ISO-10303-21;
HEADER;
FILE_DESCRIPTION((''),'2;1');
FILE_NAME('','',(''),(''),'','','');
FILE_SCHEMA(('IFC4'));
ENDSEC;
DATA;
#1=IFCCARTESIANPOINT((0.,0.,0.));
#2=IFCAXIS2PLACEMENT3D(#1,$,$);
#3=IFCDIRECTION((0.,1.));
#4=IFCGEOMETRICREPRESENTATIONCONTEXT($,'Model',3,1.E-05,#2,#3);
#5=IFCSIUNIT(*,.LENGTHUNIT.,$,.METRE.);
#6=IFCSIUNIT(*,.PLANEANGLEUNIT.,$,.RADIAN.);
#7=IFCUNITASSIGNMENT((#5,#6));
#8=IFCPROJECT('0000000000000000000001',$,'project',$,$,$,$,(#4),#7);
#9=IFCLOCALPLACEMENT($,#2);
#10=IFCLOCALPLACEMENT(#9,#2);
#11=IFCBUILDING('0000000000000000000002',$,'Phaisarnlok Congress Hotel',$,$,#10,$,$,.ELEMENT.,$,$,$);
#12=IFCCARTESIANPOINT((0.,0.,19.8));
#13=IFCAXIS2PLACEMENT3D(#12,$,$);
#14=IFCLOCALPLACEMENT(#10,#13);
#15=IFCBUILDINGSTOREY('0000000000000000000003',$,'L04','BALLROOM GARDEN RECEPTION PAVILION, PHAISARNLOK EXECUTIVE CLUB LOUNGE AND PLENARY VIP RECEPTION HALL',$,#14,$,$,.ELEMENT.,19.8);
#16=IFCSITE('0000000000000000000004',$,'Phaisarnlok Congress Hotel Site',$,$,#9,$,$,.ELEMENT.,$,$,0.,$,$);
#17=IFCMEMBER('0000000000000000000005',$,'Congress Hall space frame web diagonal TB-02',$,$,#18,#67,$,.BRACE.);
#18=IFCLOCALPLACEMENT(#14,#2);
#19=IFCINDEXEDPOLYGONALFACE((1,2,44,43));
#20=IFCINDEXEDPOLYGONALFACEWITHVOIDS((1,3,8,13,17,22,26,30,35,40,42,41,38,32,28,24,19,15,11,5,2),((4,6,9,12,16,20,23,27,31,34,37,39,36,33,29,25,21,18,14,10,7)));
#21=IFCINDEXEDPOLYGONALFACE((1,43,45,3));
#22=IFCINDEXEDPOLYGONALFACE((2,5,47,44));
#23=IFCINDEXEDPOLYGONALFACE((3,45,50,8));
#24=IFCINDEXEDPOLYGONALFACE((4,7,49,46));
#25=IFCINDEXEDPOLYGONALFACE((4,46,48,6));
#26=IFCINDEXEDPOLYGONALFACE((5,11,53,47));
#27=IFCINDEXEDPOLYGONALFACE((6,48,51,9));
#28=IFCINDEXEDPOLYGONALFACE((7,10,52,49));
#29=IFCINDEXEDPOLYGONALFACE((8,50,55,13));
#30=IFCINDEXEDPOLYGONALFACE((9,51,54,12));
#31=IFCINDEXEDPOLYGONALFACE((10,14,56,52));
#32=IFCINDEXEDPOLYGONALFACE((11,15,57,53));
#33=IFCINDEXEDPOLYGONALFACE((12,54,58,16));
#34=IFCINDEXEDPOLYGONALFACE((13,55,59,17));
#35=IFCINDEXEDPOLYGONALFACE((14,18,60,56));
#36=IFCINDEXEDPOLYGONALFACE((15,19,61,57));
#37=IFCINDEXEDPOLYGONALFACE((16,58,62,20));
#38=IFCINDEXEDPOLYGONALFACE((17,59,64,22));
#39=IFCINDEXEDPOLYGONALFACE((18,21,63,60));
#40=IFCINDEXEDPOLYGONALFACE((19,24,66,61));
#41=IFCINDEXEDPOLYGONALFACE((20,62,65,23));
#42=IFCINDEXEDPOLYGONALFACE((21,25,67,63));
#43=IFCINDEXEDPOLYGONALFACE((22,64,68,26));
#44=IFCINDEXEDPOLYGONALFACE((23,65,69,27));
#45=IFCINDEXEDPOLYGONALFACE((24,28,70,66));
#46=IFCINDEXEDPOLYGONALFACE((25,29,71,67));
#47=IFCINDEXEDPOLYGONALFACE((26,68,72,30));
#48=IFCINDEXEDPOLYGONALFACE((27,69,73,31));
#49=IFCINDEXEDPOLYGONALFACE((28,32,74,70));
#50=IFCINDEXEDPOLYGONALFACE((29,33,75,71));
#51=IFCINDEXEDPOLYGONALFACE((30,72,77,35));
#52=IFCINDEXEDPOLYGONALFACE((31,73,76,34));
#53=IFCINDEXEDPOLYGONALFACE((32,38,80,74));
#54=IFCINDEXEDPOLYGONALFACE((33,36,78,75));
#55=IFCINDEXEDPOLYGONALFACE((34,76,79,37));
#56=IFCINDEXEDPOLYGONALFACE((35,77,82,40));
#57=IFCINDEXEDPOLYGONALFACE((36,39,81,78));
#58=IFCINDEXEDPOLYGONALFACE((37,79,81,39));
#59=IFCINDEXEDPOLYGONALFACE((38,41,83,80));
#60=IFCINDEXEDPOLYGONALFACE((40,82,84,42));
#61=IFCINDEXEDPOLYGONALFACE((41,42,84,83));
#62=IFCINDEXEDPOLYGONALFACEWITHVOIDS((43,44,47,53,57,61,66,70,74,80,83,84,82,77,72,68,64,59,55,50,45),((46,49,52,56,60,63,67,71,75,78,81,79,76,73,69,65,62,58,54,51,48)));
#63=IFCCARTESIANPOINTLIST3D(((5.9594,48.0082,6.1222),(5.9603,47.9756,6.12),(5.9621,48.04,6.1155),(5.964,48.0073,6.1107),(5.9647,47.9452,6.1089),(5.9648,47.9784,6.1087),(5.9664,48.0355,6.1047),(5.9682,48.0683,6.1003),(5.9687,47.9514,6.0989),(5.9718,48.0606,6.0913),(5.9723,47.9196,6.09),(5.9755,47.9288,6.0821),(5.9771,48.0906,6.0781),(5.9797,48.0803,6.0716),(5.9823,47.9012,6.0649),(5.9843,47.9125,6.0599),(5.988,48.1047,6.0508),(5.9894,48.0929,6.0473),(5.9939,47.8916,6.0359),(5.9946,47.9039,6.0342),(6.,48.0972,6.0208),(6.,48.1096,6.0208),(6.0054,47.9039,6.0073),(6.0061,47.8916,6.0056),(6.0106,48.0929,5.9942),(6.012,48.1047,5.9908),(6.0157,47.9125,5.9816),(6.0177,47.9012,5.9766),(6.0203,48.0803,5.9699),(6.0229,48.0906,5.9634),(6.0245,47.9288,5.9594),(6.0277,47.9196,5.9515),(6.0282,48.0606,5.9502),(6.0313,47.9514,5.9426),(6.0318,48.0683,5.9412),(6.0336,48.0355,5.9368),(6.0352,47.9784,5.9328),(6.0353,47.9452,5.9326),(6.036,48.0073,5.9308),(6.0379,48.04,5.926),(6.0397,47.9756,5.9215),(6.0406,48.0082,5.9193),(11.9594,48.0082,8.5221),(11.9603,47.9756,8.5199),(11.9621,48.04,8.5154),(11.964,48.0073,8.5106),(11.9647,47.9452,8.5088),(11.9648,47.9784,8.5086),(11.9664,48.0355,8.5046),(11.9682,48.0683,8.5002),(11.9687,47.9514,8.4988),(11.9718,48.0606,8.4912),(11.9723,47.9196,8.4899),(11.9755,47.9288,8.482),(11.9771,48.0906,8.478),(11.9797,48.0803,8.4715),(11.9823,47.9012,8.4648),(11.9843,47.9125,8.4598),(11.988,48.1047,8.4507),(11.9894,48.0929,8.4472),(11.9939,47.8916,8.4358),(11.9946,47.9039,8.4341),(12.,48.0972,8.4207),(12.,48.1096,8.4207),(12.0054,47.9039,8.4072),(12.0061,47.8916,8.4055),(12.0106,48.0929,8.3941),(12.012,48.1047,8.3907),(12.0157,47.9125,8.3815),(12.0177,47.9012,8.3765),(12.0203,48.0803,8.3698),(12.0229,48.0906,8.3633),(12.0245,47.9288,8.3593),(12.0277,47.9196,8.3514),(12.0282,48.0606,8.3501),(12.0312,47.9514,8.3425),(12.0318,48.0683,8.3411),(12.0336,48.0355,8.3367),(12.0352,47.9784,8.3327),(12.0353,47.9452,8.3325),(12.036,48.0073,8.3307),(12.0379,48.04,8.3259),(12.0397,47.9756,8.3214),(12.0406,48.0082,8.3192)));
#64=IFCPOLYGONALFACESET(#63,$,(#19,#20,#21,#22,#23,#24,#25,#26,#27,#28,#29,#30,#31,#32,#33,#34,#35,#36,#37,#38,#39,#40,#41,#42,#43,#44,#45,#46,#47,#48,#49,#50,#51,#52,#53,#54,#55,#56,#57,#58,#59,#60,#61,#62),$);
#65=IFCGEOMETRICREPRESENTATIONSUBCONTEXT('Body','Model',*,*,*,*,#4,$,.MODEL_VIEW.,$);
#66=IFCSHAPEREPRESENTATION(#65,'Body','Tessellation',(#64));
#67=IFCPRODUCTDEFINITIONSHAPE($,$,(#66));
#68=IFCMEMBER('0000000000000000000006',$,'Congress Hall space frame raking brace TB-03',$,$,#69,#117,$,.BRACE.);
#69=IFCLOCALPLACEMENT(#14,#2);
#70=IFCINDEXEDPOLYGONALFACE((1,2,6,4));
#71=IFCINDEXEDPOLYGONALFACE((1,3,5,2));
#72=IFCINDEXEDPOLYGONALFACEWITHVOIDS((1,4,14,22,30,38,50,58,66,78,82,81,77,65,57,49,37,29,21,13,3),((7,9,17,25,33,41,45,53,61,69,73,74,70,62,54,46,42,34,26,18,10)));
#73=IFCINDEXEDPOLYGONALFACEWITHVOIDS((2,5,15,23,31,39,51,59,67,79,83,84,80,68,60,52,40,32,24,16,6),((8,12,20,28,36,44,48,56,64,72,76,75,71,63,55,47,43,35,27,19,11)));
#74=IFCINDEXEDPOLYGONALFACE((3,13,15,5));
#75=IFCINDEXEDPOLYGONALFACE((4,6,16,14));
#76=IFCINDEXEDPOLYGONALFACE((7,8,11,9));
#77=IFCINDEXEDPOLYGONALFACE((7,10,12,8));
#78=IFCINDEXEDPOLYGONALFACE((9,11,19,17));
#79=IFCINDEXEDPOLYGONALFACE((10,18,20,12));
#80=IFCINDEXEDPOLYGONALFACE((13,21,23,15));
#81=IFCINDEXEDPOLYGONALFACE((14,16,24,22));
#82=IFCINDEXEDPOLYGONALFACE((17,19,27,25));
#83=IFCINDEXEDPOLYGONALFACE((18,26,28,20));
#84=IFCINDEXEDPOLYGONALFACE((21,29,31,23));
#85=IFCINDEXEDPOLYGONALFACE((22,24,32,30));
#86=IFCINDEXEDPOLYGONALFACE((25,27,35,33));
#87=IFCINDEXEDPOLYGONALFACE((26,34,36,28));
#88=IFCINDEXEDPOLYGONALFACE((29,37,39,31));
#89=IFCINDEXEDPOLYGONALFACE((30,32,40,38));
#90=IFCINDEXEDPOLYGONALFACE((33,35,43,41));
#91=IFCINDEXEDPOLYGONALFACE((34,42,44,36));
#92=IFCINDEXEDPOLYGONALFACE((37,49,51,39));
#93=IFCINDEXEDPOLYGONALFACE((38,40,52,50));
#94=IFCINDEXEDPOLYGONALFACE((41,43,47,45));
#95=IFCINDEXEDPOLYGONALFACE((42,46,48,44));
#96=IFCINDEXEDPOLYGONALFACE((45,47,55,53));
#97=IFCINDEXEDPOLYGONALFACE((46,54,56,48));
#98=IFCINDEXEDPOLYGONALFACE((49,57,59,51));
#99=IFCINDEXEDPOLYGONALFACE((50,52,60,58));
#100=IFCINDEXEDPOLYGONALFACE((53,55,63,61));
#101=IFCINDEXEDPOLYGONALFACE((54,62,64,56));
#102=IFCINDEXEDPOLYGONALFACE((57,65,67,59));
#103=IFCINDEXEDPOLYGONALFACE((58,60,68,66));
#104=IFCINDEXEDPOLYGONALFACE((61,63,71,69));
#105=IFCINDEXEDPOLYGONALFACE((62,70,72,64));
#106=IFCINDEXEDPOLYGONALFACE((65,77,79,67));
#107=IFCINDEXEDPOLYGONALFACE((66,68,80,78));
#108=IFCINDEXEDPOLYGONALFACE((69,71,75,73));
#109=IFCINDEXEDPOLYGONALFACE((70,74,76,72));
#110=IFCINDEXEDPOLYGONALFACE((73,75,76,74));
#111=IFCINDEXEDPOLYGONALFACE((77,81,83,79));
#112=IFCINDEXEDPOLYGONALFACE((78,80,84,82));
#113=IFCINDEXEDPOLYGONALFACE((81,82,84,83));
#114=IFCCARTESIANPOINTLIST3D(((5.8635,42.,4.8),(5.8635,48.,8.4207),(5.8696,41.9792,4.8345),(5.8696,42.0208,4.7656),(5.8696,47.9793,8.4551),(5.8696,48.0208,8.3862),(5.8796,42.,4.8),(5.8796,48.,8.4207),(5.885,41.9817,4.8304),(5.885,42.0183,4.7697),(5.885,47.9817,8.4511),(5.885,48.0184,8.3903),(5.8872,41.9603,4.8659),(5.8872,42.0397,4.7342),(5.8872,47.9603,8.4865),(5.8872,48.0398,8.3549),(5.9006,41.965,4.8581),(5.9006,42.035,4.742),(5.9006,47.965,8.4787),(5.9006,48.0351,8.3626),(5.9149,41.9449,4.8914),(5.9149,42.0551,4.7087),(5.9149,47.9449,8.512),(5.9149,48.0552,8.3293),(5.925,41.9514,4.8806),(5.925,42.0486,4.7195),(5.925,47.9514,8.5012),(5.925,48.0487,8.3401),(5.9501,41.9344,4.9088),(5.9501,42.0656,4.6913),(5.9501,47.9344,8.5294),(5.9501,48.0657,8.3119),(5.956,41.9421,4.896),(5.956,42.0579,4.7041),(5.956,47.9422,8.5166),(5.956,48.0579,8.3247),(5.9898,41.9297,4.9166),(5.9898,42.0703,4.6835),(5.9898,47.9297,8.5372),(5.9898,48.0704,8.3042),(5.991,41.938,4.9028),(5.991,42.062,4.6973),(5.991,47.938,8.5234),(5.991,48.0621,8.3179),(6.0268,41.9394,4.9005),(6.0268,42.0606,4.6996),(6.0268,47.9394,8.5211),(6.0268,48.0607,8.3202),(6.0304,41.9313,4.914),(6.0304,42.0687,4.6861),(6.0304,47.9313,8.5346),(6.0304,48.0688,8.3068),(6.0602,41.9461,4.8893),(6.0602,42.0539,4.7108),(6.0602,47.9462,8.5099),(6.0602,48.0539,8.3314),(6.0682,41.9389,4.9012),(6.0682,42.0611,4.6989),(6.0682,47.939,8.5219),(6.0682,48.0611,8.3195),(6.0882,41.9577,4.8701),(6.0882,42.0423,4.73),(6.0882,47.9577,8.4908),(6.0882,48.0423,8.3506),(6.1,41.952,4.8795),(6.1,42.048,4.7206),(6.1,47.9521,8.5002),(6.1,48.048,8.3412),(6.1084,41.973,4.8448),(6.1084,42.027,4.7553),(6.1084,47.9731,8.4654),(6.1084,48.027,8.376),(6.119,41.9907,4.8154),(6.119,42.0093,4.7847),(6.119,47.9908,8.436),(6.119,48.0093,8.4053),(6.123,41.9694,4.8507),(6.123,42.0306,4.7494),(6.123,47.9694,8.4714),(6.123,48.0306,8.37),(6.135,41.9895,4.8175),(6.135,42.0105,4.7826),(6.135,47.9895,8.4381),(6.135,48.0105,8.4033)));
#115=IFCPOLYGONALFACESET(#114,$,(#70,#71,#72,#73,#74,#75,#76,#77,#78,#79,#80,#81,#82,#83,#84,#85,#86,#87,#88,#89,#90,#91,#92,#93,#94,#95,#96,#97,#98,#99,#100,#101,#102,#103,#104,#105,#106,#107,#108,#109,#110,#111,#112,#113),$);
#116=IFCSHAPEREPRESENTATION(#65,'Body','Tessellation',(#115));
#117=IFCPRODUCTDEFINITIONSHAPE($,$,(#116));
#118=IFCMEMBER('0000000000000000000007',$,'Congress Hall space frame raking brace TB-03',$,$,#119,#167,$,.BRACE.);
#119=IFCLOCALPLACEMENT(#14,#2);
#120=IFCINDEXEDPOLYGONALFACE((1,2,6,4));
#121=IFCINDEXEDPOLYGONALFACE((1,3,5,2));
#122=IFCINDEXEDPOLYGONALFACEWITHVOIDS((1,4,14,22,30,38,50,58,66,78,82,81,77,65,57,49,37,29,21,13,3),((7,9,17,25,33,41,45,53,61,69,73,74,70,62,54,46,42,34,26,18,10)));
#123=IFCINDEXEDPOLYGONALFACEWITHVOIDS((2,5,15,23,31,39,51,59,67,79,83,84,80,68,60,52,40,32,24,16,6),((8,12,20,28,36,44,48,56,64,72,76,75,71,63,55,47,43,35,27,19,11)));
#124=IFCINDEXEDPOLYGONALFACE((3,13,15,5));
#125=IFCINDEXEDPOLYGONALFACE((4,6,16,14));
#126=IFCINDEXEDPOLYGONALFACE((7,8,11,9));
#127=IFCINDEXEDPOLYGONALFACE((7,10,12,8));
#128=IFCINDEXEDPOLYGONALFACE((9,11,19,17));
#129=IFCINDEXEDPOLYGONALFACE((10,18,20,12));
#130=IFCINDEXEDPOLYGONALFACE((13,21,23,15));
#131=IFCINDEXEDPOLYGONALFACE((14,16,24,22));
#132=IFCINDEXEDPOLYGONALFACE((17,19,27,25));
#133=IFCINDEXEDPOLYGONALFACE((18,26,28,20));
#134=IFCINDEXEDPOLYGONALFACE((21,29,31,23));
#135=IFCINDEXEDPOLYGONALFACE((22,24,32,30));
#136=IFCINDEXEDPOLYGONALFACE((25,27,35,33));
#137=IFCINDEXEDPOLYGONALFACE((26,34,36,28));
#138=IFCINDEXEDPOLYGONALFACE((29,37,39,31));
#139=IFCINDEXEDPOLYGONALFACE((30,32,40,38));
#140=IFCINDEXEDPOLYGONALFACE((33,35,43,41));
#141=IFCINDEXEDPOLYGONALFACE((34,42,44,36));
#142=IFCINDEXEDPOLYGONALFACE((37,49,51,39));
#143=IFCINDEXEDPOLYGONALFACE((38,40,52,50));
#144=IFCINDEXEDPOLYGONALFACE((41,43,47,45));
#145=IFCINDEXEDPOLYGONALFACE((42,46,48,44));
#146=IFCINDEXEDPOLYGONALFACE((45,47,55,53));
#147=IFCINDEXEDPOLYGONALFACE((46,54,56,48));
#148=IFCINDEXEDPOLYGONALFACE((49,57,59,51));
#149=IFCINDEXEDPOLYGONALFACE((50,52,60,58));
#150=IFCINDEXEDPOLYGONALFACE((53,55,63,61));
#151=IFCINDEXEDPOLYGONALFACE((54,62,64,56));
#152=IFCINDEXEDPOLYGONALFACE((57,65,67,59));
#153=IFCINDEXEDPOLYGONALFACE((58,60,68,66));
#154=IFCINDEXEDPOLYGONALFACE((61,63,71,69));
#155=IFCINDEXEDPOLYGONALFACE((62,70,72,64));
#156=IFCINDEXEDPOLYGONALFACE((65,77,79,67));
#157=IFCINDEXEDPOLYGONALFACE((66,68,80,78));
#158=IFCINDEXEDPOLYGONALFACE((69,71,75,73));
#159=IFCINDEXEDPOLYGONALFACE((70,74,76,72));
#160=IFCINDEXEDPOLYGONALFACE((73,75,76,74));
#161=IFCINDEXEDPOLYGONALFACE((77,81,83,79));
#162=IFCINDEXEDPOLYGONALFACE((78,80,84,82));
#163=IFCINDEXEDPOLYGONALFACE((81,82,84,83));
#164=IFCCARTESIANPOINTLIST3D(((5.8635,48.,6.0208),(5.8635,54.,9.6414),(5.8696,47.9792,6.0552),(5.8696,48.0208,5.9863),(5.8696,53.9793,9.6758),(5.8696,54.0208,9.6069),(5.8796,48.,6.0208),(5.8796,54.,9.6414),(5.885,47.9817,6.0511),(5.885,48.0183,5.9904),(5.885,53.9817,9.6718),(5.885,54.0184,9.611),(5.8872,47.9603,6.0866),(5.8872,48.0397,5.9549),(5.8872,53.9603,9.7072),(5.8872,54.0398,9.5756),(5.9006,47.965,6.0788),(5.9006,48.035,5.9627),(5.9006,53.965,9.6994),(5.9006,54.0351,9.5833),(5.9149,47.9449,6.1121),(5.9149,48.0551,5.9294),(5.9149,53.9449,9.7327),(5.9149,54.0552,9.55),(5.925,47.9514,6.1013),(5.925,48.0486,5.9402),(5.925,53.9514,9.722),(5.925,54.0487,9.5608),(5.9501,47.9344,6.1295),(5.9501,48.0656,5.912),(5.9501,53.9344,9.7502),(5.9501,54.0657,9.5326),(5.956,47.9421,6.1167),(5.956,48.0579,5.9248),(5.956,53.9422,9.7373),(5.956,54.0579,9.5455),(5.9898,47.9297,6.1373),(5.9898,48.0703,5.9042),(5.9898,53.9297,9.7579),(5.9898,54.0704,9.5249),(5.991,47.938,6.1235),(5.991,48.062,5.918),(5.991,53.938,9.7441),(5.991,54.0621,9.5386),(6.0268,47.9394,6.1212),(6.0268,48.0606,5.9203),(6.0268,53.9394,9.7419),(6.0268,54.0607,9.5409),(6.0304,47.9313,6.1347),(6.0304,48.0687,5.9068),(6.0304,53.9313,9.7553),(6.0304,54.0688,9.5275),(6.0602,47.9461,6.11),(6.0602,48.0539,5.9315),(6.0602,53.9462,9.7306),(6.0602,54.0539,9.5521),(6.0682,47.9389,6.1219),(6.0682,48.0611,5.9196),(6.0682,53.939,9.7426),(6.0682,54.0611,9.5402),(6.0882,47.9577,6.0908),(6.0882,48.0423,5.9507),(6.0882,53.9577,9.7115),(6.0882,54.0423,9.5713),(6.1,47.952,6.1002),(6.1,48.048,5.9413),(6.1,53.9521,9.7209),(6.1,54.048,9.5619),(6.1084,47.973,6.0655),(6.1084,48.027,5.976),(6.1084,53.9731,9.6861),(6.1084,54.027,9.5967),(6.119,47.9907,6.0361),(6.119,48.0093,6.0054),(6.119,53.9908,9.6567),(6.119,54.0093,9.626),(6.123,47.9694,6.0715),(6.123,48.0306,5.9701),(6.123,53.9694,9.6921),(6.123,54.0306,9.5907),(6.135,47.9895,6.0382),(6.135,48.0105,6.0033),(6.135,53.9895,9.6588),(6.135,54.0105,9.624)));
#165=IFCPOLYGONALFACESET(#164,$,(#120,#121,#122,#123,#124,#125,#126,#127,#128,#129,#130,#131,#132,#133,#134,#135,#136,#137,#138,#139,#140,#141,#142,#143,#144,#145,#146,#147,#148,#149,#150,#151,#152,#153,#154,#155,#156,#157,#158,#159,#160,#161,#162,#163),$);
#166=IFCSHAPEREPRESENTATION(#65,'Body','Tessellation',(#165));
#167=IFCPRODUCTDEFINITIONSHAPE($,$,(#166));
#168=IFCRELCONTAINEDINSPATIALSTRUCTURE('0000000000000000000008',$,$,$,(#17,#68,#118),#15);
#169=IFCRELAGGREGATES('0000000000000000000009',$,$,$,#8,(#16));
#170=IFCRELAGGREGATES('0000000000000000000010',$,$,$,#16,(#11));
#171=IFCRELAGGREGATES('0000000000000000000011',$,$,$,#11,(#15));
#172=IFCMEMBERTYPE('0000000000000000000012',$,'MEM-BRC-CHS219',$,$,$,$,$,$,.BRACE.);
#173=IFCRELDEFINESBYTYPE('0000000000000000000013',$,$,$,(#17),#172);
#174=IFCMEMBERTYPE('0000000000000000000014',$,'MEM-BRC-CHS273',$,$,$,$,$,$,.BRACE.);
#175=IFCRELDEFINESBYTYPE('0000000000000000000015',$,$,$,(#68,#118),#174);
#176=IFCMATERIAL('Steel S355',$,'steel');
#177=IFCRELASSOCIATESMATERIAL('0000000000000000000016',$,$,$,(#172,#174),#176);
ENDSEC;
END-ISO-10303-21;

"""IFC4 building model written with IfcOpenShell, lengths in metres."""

from ifc_helpers import new_model, si_unit, direction, frame, origin, origin_2d, place, context, subcontext, project, spatial, hollow_circle, extrude, material, material_profile, profile_set, type_object, element, save


model = new_model("IFC4")

# Units and contexts
model_context = context("Model", 3, precision=1e-05, world=origin(), true_north=direction((0.0, 1.0)))
body_context = subcontext(model_context, "Body", "Model", "MODEL_VIEW")
ifc_project = project(units=[si_unit("LENGTHUNIT", "METRE"), si_unit("PLANEANGLEUNIT", "RADIAN")], contexts=[model_context])

# Site, building, storey
site_placement = place(None, origin())
site = spatial("IfcSite", under=ifc_project, at=site_placement, Name="Phaisarnlok Congress Hotel Site", CompositionType="ELEMENT", RefElevation=0.0)
building_placement = place(site_placement, origin())
building = spatial("IfcBuilding", under=site, at=building_placement, Name="Phaisarnlok Congress Hotel", CompositionType="ELEMENT")
storey_placement = place(building_placement, frame((0.0, 0.0, 19.8)))
storey = spatial("IfcBuildingStorey", under=building, at=storey_placement, Name="L04", Description="BALLROOM GARDEN RECEPTION PAVILION, PHAISARNLOK EXECUTIVE CLUB LOUNGE AND PLENARY VIP RECEPTION HALL", CompositionType="ELEMENT", Elevation=19.8)

# Members
ifc_material_1 = material(Name="Steel S355", Category="steel")
ifc_material_profile_1 = material_profile(ifc_material_1, hollow_circle(Radius=0.1096, WallThickness=0.0125, at=origin_2d()), Name="CHS 219.1x12.5")
ifc_profile_set_1 = profile_set([ifc_material_profile_1], Name="Steel S355")
member_type_1 = type_object("IfcMemberType", Name="MEM-BRC-CHS219", PredefinedType="BRACE", material=ifc_profile_set_1)
member_1_placement = place(storey_placement, frame((6.0, 48.0, 6.0208), z_axis=(0.928482, 0.0, 0.371378), x_axis=(0.0, 1.0, 0.0)))
element("IfcMember", 1, at=member_1_placement, inside=storey, type_object=member_type_1, Name="Congress Hall space frame web diagonal TB-02", PredefinedType="BRACE", context=body_context, shape_type="SweptSolid", body=[
    extrude(hollow_circle(Radius=0.1096, WallThickness=0.0125, at=origin_2d()), origin(), (0.0, 0.0, 1.0), 6.4622),
])
ifc_material_profile_2 = material_profile(ifc_material_1, hollow_circle(Radius=0.1365, WallThickness=0.0161, at=origin_2d()), Name="CHS 273x16")
ifc_profile_set_2 = profile_set([ifc_material_profile_2], Name="Steel S355")
member_type_2 = type_object("IfcMemberType", Name="MEM-BRC-CHS273", PredefinedType="BRACE", material=ifc_profile_set_2)
for number, where, z_axis, x_axis, name in (
    (2, (6.0, 42.0, 4.8), (0.0, 0.856193, 0.516656), (-1.0, 0.0, 0.0), "Congress Hall space frame raking brace TB-03"),
    (3, (6.0, 48.0, 6.0208), (0.0, 0.856193, 0.516656), (-1.0, 0.0, 0.0), "Congress Hall space frame raking brace TB-03"),
):
    element("IfcMember", number, at=place(storey_placement, frame(where, z_axis=z_axis, x_axis=x_axis)), inside=storey, type_object=member_type_2, Name=name, PredefinedType="BRACE", context=body_context, shape_type="SweptSolid", body=[
        extrude(hollow_circle(Radius=0.1365, WallThickness=0.0161, at=origin_2d()), origin(), (0.0, 0.0, 1.0), 7.0078),
    ])

save(model, "model.ifc")
